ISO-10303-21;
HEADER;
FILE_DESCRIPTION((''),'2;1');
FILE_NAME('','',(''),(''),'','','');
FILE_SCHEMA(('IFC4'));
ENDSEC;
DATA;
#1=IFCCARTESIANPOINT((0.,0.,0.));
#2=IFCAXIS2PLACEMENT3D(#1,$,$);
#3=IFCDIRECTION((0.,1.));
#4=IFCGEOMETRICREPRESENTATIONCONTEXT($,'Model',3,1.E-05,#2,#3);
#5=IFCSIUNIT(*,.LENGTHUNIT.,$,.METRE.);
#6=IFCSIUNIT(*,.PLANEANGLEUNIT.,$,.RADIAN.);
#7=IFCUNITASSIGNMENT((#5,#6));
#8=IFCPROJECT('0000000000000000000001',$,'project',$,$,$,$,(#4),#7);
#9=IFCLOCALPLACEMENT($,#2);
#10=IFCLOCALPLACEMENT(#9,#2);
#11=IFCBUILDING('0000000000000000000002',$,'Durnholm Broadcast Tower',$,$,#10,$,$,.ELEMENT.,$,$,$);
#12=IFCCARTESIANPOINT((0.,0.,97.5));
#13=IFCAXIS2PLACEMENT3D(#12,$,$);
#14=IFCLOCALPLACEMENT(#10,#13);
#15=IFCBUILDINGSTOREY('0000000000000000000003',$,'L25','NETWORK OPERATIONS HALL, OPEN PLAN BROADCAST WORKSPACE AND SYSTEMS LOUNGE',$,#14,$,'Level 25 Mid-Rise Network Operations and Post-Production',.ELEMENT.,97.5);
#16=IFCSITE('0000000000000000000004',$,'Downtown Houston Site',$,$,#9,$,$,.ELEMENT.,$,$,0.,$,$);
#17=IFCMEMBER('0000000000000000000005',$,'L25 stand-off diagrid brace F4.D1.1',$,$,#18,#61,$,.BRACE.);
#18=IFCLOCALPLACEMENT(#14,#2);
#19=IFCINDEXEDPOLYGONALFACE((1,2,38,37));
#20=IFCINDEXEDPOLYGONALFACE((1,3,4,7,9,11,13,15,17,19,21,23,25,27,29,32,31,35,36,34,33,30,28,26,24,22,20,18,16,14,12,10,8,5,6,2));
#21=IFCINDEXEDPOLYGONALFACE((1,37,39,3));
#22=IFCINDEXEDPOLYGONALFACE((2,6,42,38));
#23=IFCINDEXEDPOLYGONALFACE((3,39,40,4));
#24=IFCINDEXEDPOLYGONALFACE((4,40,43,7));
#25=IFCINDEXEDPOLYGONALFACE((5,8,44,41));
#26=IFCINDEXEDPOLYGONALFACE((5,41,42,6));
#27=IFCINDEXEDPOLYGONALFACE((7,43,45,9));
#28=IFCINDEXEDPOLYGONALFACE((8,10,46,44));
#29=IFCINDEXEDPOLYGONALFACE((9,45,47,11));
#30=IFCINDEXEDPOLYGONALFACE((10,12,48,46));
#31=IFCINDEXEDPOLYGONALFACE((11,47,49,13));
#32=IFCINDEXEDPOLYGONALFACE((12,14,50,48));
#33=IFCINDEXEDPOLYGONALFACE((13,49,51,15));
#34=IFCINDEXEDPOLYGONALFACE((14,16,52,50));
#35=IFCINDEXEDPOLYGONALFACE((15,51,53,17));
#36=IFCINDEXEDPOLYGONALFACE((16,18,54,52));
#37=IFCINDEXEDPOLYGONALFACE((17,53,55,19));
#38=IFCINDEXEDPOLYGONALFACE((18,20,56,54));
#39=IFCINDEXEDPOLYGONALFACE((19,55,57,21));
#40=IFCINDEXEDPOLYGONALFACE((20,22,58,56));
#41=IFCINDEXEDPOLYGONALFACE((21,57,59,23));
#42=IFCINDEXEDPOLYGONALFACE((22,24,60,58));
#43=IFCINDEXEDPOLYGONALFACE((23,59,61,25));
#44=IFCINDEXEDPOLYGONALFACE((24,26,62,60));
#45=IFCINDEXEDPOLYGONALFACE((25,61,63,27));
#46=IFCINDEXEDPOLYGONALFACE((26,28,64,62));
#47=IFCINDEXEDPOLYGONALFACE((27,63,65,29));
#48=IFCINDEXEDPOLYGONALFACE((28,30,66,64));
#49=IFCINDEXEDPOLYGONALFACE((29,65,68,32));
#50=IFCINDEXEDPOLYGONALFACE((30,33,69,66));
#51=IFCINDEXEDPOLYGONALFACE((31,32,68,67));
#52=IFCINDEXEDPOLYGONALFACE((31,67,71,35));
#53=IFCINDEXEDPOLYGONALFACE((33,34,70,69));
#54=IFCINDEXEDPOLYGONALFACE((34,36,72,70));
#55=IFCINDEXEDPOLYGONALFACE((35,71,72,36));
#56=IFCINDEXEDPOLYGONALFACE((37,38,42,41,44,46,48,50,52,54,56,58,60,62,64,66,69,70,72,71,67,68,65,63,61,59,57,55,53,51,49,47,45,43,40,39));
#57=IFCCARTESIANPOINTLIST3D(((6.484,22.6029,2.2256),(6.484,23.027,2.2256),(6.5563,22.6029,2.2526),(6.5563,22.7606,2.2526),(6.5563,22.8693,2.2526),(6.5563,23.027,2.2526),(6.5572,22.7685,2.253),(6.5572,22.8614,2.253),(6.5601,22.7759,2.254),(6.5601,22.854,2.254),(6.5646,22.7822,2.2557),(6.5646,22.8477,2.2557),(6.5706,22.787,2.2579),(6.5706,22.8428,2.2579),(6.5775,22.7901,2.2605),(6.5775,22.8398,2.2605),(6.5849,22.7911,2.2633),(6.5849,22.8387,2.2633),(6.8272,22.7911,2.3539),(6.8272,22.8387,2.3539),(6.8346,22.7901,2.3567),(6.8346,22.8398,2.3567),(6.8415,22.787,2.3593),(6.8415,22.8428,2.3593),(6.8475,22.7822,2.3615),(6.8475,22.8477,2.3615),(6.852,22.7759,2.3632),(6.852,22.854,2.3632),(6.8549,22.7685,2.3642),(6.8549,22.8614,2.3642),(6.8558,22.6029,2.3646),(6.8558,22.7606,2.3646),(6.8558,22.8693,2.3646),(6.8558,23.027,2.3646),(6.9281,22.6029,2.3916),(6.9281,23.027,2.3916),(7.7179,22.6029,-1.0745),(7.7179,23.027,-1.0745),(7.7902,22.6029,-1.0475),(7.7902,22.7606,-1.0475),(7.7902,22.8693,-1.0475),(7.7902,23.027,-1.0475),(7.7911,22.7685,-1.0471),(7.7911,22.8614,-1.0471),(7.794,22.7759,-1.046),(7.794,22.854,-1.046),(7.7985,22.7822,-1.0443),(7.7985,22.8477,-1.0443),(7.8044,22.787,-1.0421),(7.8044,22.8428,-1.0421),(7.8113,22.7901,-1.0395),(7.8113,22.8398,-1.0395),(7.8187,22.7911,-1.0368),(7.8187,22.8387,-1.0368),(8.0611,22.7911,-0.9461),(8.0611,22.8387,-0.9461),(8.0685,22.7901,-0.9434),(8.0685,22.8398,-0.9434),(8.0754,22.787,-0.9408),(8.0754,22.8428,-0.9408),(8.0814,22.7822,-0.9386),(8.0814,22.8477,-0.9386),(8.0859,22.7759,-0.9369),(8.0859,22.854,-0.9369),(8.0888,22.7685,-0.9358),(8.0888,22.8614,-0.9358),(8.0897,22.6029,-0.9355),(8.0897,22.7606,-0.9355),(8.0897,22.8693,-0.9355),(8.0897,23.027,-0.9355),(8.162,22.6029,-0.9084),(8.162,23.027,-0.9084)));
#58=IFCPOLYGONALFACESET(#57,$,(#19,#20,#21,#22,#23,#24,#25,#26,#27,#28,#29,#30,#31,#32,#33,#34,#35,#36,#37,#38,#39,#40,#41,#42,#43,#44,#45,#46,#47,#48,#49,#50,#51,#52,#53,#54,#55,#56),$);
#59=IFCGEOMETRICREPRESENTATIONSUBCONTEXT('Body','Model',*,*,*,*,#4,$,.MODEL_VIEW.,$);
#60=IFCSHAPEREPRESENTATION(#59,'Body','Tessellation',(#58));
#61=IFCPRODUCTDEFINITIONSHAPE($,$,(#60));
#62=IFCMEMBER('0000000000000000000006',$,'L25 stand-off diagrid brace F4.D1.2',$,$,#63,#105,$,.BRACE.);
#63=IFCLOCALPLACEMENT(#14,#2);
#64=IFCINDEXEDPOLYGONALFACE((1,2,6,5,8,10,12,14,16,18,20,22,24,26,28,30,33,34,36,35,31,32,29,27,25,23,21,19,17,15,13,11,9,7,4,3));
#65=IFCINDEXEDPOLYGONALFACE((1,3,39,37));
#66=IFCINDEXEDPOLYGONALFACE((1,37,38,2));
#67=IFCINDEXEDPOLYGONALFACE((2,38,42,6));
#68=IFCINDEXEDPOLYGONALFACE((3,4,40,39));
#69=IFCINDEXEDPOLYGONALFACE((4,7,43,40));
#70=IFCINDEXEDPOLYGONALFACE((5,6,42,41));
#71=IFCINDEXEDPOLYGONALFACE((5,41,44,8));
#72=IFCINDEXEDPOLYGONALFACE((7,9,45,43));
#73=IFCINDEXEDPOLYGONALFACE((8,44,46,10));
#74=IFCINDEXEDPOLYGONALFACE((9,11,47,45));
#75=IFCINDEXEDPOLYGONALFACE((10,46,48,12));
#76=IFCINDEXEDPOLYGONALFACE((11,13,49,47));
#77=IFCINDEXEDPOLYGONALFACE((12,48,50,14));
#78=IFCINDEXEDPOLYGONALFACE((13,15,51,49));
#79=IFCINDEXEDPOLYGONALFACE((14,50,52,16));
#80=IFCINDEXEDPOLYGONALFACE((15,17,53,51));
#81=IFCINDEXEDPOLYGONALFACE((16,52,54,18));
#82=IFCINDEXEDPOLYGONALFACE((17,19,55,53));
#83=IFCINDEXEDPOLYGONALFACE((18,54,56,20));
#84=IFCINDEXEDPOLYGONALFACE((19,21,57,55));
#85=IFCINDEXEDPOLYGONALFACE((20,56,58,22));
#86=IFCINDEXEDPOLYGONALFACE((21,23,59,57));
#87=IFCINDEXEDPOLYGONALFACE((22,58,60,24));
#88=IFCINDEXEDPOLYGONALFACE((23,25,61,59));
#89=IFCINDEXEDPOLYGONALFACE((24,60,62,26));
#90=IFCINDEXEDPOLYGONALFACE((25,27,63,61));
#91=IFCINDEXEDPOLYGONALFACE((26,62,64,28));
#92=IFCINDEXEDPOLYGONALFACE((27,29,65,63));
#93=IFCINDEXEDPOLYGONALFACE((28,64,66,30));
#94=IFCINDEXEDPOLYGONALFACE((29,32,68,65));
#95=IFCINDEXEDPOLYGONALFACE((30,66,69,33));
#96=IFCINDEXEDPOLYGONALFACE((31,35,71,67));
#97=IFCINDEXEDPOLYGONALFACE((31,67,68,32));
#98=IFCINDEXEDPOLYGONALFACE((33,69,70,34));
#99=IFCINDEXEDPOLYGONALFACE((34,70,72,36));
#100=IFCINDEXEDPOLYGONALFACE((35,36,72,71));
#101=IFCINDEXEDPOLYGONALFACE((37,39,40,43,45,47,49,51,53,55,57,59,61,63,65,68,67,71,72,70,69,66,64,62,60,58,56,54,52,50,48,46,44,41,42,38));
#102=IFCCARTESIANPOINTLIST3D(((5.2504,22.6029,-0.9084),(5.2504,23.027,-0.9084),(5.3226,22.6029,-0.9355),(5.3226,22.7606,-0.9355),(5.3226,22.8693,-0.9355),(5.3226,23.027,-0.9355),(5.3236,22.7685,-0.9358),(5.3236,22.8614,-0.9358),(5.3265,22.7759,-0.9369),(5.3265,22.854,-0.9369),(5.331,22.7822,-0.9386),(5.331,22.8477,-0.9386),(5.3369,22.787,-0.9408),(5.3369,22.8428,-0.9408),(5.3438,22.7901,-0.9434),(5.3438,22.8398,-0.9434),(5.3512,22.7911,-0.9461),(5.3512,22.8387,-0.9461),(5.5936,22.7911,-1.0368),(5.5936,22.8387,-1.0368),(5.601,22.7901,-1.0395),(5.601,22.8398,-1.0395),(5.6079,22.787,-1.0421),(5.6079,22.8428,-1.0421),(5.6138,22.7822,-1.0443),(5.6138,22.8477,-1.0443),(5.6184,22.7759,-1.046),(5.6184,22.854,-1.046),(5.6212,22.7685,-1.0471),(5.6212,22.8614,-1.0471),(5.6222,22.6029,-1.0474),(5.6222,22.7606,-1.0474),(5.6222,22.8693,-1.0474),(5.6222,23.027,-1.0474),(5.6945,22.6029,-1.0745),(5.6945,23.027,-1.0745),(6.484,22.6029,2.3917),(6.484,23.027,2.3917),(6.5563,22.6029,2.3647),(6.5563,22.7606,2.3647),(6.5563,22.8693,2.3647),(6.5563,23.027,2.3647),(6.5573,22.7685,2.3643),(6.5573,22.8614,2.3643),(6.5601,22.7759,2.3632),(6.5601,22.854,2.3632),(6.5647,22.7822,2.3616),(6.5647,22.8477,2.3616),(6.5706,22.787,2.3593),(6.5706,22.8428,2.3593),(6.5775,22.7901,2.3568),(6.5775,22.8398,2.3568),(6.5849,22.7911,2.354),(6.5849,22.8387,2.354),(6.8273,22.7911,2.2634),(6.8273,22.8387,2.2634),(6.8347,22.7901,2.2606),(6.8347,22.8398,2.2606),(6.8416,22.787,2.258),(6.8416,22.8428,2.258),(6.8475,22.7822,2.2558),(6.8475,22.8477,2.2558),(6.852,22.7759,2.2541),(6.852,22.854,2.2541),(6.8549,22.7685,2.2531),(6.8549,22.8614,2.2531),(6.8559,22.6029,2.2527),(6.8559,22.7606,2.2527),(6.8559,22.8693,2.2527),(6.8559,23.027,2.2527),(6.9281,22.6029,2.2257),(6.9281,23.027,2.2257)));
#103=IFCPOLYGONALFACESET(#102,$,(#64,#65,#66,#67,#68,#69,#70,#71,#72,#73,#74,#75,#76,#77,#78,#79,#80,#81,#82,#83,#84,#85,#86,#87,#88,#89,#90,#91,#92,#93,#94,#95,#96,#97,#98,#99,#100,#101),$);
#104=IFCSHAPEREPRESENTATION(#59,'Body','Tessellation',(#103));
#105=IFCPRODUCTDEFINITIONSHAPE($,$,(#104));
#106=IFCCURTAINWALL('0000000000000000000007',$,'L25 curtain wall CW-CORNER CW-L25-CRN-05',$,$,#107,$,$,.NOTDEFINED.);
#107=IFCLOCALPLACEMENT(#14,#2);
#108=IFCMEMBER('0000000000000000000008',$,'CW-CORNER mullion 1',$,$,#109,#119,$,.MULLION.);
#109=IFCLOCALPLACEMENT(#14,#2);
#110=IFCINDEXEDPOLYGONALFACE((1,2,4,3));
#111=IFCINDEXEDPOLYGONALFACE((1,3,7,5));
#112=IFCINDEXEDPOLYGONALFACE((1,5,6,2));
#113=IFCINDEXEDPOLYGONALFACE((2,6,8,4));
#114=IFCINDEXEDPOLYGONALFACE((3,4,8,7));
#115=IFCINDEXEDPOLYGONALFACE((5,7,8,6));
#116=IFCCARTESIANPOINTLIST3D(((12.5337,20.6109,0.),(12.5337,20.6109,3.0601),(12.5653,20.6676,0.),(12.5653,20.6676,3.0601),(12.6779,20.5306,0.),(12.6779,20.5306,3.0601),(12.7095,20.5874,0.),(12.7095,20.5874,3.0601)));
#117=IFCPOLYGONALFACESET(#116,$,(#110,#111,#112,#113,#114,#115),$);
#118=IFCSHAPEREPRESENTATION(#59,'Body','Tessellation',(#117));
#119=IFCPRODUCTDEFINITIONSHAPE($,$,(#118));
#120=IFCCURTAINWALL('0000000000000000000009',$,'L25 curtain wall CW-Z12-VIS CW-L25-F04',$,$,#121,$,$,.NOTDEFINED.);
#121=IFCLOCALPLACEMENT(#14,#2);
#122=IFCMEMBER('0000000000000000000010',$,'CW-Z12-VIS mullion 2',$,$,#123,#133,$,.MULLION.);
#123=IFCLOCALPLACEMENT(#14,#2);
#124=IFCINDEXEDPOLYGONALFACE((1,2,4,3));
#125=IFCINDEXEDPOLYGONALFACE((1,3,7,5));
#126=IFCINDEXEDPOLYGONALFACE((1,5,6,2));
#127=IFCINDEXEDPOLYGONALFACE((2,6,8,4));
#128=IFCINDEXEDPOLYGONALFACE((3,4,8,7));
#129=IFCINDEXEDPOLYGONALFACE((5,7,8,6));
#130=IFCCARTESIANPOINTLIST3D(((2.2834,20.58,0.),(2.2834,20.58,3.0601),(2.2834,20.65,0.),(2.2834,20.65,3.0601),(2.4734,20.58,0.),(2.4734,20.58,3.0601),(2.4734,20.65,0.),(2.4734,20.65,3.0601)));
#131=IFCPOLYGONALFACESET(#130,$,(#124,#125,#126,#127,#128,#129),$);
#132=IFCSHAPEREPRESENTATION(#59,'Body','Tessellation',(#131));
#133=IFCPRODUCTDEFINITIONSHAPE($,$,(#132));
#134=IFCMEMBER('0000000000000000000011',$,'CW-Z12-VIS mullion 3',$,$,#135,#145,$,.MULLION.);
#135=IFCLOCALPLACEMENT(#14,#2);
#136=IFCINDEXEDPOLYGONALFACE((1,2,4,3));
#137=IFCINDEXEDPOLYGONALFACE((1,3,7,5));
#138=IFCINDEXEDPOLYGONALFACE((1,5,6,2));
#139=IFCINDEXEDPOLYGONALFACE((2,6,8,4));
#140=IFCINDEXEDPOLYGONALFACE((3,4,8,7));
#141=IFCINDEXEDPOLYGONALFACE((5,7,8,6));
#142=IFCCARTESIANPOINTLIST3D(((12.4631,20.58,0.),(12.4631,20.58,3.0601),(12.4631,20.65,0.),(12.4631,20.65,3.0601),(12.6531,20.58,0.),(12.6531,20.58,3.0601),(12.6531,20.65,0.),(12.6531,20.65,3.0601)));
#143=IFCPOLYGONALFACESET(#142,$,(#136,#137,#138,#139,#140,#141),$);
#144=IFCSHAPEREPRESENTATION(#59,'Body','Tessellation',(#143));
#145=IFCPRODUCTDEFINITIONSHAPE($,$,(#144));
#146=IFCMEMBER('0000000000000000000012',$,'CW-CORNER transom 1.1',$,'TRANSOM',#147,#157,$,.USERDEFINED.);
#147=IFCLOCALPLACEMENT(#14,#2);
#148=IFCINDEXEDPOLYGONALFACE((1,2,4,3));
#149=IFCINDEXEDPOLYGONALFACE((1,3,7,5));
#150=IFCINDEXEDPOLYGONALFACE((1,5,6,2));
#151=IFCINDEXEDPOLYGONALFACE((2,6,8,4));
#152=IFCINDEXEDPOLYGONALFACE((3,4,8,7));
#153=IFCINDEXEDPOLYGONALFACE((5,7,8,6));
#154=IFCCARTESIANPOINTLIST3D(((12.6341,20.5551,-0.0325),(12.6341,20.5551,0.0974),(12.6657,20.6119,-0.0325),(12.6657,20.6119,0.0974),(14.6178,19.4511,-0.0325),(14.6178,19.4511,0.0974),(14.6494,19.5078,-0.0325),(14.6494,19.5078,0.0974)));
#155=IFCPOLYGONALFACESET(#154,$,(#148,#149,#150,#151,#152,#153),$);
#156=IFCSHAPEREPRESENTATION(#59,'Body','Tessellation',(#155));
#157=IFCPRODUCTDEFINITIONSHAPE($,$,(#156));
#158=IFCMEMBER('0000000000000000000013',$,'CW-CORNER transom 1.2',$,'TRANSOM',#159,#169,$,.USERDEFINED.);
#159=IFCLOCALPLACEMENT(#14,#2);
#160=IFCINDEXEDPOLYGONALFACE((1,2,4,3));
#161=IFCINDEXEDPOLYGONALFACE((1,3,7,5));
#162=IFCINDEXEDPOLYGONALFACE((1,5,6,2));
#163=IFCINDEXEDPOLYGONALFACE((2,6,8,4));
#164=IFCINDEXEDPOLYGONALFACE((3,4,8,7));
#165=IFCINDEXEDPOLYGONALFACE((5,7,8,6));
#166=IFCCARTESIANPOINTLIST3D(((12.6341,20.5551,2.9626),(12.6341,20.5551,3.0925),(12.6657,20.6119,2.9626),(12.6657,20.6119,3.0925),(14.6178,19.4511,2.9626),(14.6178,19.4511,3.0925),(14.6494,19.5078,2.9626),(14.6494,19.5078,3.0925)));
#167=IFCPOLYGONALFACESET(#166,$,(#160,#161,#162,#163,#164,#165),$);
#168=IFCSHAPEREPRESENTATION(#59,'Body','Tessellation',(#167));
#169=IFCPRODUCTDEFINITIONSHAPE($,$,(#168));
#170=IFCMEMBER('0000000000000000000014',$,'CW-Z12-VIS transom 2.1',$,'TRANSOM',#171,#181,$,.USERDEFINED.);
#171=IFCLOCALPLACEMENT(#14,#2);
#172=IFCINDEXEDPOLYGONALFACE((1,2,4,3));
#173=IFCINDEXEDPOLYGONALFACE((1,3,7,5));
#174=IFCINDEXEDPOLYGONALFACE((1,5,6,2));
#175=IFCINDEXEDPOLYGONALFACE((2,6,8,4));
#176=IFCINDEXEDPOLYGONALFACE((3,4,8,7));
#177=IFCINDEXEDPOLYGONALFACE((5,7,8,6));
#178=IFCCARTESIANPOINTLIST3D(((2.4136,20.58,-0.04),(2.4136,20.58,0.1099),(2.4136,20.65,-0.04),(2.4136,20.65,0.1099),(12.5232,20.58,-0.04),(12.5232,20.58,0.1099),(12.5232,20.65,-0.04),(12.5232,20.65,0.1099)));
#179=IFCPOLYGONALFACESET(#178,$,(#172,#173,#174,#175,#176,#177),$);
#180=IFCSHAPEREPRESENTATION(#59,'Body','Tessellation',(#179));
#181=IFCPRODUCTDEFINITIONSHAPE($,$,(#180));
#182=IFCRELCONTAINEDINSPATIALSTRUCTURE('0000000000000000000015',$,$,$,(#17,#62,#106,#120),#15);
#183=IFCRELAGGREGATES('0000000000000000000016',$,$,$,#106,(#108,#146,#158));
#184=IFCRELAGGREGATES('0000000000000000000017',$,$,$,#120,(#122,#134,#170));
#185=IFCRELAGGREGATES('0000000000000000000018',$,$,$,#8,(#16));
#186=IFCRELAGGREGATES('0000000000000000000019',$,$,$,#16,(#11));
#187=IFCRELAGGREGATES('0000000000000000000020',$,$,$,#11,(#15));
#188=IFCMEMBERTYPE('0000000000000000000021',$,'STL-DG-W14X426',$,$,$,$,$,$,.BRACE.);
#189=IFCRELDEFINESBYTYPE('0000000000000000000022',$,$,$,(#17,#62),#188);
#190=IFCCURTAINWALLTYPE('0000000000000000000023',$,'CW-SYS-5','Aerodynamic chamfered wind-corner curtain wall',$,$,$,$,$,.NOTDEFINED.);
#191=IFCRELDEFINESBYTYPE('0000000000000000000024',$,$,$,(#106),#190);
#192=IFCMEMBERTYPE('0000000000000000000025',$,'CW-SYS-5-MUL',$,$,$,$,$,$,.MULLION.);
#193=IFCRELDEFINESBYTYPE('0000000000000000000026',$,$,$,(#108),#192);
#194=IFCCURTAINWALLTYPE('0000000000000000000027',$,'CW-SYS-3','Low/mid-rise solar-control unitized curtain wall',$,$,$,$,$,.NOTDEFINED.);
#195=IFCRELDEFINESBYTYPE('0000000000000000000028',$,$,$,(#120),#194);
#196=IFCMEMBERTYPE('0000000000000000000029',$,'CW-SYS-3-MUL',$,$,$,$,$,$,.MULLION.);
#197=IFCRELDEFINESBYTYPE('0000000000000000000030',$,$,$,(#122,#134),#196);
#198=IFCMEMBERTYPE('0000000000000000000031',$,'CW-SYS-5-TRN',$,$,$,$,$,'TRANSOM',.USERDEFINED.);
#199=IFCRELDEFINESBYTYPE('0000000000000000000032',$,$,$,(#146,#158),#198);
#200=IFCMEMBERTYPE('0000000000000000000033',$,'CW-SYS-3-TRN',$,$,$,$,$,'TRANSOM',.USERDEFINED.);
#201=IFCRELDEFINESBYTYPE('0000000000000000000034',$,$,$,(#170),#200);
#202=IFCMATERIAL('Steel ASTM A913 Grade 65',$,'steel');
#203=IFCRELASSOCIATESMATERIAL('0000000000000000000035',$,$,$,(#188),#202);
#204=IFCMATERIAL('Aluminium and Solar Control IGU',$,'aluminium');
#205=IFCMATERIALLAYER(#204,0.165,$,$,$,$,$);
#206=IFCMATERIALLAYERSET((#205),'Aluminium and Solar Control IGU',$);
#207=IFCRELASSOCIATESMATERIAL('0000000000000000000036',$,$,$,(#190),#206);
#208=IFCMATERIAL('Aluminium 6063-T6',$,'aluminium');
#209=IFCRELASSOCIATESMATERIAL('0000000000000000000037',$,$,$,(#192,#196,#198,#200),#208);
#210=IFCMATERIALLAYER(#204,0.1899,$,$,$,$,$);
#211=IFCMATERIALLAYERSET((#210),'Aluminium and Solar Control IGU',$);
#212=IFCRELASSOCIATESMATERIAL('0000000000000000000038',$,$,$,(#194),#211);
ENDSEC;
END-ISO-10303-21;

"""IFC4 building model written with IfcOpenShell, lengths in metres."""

from ifc_helpers import new_model, si_unit, direction, frame, origin, origin_2d, place, context, subcontext, project, spatial, rectangle, i_section, extrude, source, transform, mapped, material, layer, layer_set, material_profile, profile_set, type_object, type_shapes, element, aggregate, save


model = new_model("IFC4")

# Units and contexts
model_context = context("Model", 3, precision=1e-05, world=origin(), true_north=direction((0.0, 1.0)))
body_context = subcontext(model_context, "Body", "Model", "MODEL_VIEW")
ifc_project = project(units=[si_unit("LENGTHUNIT", "METRE"), si_unit("PLANEANGLEUNIT", "RADIAN")], contexts=[model_context])

# Site, building, storey
site_placement = place(None, origin())
site = spatial("IfcSite", under=ifc_project, at=site_placement, Name="Downtown Houston Site", CompositionType="ELEMENT", RefElevation=0.0)
building_placement = place(site_placement, origin())
building = spatial("IfcBuilding", under=site, at=building_placement, Name="Durnholm Broadcast Tower", CompositionType="ELEMENT")
storey_placement = place(building_placement, frame((0.0, 0.0, 97.5)))
storey = spatial("IfcBuildingStorey", under=building, at=storey_placement, Name="L25", Description="NETWORK OPERATIONS HALL, OPEN PLAN BROADCAST WORKSPACE AND SYSTEMS LOUNGE", LongName="Level 25 Mid-Rise Network Operations and Post-Production", CompositionType="ELEMENT", Elevation=97.5)

# Members
ifc_material_1 = material(Name="Steel ASTM A913 Grade 65", Category="steel")
ifc_material_profile_1 = material_profile(ifc_material_1, i_section(OverallWidth=0.4241, OverallDepth=0.4741, WebThickness=0.0476, FlangeThickness=0.0771, FilletRadius=0.0305, at=origin_2d()), Name="W14X426")
ifc_profile_set_1 = profile_set([ifc_material_profile_1], Name="Steel ASTM A913 Grade 65")
member_type_1 = type_object("IfcMemberType", Name="STL-DG-W14X426", PredefinedType="BRACE", material=ifc_profile_set_1)
shared_shape_1 = source(origin(), body_context, "Body", "SweptSolid", [
    extrude(i_section(OverallWidth=0.4241, OverallDepth=0.4741, WebThickness=0.0476, FlangeThickness=0.0771, FilletRadius=0.0305, at=origin_2d()), origin(), (0.0, 0.0, 1.0), 3.5232),
])
type_shapes(member_type_1, [shared_shape_1])
for number, where, z_axis, x_axis, name in (
    (1, (7.9399, 22.8149, -0.9915), (-0.35022, 0.0, 0.936668), (0.0, -1.0, 0.0), "L25 stand-off diagrid brace F4.D1.1"),
    (2, (5.4724, 22.8149, -0.9915), (0.350159, 0.0, 0.93669), (0.0, 1.0, 0.0), "L25 stand-off diagrid brace F4.D1.2"),
):
    element("IfcMember", number, at=place(storey_placement, frame(where, z_axis=z_axis, x_axis=x_axis)), inside=storey, type_object=member_type_1, Name=name, PredefinedType="BRACE", context=body_context, shape_type="MappedRepresentation", body=[
        mapped(shared_shape_1, transform((0.0, 0.0, 0.0), x_axis=(1.0, 0.0, 0.0), y_axis=(0.0, 1.0, 0.0), z_axis=(0.0, 0.0, 1.0), scale=1.0)),
    ])

# Curtain wall, member
ifc_material_2 = material(Name="Aluminium and Solar Control IGU", Category="aluminium")
ifc_layer_1 = layer(ifc_material_2, 0.165)
ifc_layer_set_1 = layer_set([ifc_layer_1], Name="Aluminium and Solar Control IGU")
curtain_wall_type_1 = type_object("IfcCurtainWallType", Name="CW-SYS-5", Description="Aerodynamic chamfered wind-corner curtain wall", PredefinedType="NOTDEFINED", material=ifc_layer_set_1)
curtain_wall_1_placement = place(storey_placement, origin())
curtain_wall_1 = element("IfcCurtainWall", 3, at=curtain_wall_1_placement, inside=storey, type_object=curtain_wall_type_1, Name="L25 curtain wall CW-CORNER CW-L25-CRN-05", PredefinedType="NOTDEFINED")
ifc_material_3 = material(Name="Aluminium 6063-T6", Category="aluminium")
ifc_material_profile_2 = material_profile(ifc_material_3, rectangle(XDim=0.0649, YDim=0.165, at=origin_2d()), Name="CWM65X165")
ifc_profile_set_2 = profile_set([ifc_material_profile_2], Name="Aluminium 6063-T6")
member_type_2 = type_object("IfcMemberType", Name="CW-SYS-5-MUL", PredefinedType="MULLION", material=ifc_profile_set_2)
shared_shape_2 = source(origin(), body_context, "Body", "SweptSolid", [
    extrude(rectangle(XDim=0.0649, YDim=0.165, at=origin_2d()), origin(), (0.0, 0.0, 1.0), 3.0601),
])
type_shapes(member_type_2, [shared_shape_2])
member_1_placement = place(storey_placement, frame((12.6216, 20.5991, 0.0), z_axis=(0.0, 0.0, 1.0), x_axis=(0.486244, 0.873823, 0.0)))
member_1 = element("IfcMember", 4, at=member_1_placement, type_object=member_type_2, Name="CW-CORNER mullion 1", PredefinedType="MULLION", context=body_context, shape_type="MappedRepresentation", body=[
    mapped(shared_shape_2, transform((0.0, 0.0, 0.0), x_axis=(1.0, 0.0, 0.0), y_axis=(0.0, 1.0, 0.0), z_axis=(0.0, 0.0, 1.0), scale=1.0)),
])

# Curtain wall, members
ifc_layer_2 = layer(ifc_material_2, 0.1899)
ifc_layer_set_2 = layer_set([ifc_layer_2], Name="Aluminium and Solar Control IGU")
curtain_wall_type_2 = type_object("IfcCurtainWallType", Name="CW-SYS-3", Description="Low/mid-rise solar-control unitized curtain wall", PredefinedType="NOTDEFINED", material=ifc_layer_set_2)
curtain_wall_2_placement = place(storey_placement, origin())
curtain_wall_2 = element("IfcCurtainWall", 5, at=curtain_wall_2_placement, inside=storey, type_object=curtain_wall_type_2, Name="L25 curtain wall CW-Z12-VIS CW-L25-F04", PredefinedType="NOTDEFINED")
ifc_material_profile_3 = material_profile(ifc_material_3, rectangle(XDim=0.0701, YDim=0.1899, at=origin_2d()), Name="CWM70X190")
ifc_profile_set_3 = profile_set([ifc_material_profile_3], Name="Aluminium 6063-T6")
member_type_3 = type_object("IfcMemberType", Name="CW-SYS-3-MUL", PredefinedType="MULLION", material=ifc_profile_set_3)
shared_shape_3 = source(origin(), body_context, "Body", "SweptSolid", [
    extrude(rectangle(XDim=0.0701, YDim=0.1899, at=origin_2d()), origin(), (0.0, 0.0, 1.0), 3.0601),
])
type_shapes(member_type_3, [shared_shape_3])
member_2_placement = place(storey_placement, frame((2.3784, 20.615, 0.0), z_axis=(0.0, 0.0, 1.0), x_axis=(0.0, 1.0, 0.0)))
member_2 = element("IfcMember", 6, at=member_2_placement, type_object=member_type_3, Name="CW-Z12-VIS mullion 2", PredefinedType="MULLION", context=body_context, shape_type="MappedRepresentation", body=[
    mapped(shared_shape_3, transform((0.0, 0.0, 0.0), x_axis=(1.0, 0.0, 0.0), y_axis=(0.0, 1.0, 0.0), z_axis=(0.0, 0.0, 1.0), scale=1.0)),
])
member_3_placement = place(storey_placement, frame((12.5581, 20.615, 0.0), z_axis=(0.0, 0.0, 1.0), x_axis=(0.0, 1.0, 0.0)))
member_3 = element("IfcMember", 7, at=member_3_placement, type_object=member_type_3, Name="CW-Z12-VIS mullion 3", PredefinedType="MULLION", context=body_context, shape_type="MappedRepresentation", body=[
    mapped(shared_shape_3, transform((0.0, 0.0, 0.0), x_axis=(1.0, 0.0, 0.0), y_axis=(0.0, 1.0, 0.0), z_axis=(0.0, 0.0, 1.0), scale=1.0)),
])

# Members
ifc_material_profile_4 = material_profile(ifc_material_3, rectangle(XDim=0.0649, YDim=0.1299, at=origin_2d()), Name="CWT65X130")
ifc_profile_set_4 = profile_set([ifc_material_profile_4], Name="Aluminium 6063-T6")
member_type_4 = type_object("IfcMemberType", Name="CW-SYS-5-TRN", ElementType="TRANSOM", PredefinedType="USERDEFINED", material=ifc_profile_set_4)
shared_shape_4 = source(origin(), body_context, "Body", "SweptSolid", [
    extrude(rectangle(XDim=0.0649, YDim=0.1299, at=origin_2d()), origin(), (0.0, 0.0, 1.0), 2.2703),
])
type_shapes(member_type_4, [shared_shape_4])
member_4_placement = place(storey_placement, frame((12.6499, 20.5835, 0.0325), z_axis=(0.873787, -0.486309, 0.0), x_axis=(0.486309, 0.873787, 0.0)))
member_4 = element("IfcMember", 8, at=member_4_placement, type_object=member_type_4, Name="CW-CORNER transom 1.1", ObjectType="TRANSOM", PredefinedType="USERDEFINED", context=body_context, shape_type="MappedRepresentation", body=[
    mapped(shared_shape_4, transform((0.0, 0.0, 0.0), x_axis=(1.0, 0.0, 0.0), y_axis=(0.0, 1.0, 0.0), z_axis=(0.0, 0.0, 1.0), scale=1.0)),
])
member_5_placement = place(storey_placement, frame((12.6499, 20.5835, 3.0276), z_axis=(0.873787, -0.486309, 0.0), x_axis=(0.486309, 0.873787, 0.0)))
member_5 = element("IfcMember", 9, at=member_5_placement, type_object=member_type_4, Name="CW-CORNER transom 1.2", ObjectType="TRANSOM", PredefinedType="USERDEFINED", context=body_context, shape_type="MappedRepresentation", body=[
    mapped(shared_shape_4, transform((0.0, 0.0, 0.0), x_axis=(1.0, 0.0, 0.0), y_axis=(0.0, 1.0, 0.0), z_axis=(0.0, 0.0, 1.0), scale=1.0)),
])
aggregate(curtain_wall_1, [member_1, member_4, member_5])
ifc_material_profile_5 = material_profile(ifc_material_3, rectangle(XDim=0.0701, YDim=0.1499, at=origin_2d()), Name="CWT70X150")
ifc_profile_set_5 = profile_set([ifc_material_profile_5], Name="Aluminium 6063-T6")
member_type_5 = type_object("IfcMemberType", Name="CW-SYS-3-TRN", ElementType="TRANSOM", PredefinedType="USERDEFINED", material=ifc_profile_set_5)
shared_shape_5 = source(origin(), body_context, "Body", "SweptSolid", [
    extrude(rectangle(XDim=0.0701, YDim=0.1499, at=origin_2d()), origin(), (0.0, 0.0, 1.0), 10.1096),
])
type_shapes(member_type_5, [shared_shape_5])
member_6_placement = place(storey_placement, frame((2.4136, 20.615, 0.0349), z_axis=(1.0, 0.0, 0.0), x_axis=(0.0, 1.0, 0.0)))
member_6 = element("IfcMember", 10, at=member_6_placement, type_object=member_type_5, Name="CW-Z12-VIS transom 2.1", ObjectType="TRANSOM", PredefinedType="USERDEFINED", context=body_context, shape_type="MappedRepresentation", body=[
    mapped(shared_shape_5, transform((0.0, 0.0, 0.0), x_axis=(1.0, 0.0, 0.0), y_axis=(0.0, 1.0, 0.0), z_axis=(0.0, 0.0, 1.0), scale=1.0)),
])

aggregate(curtain_wall_2, [member_2, member_3, member_6])

save(model, "model.ifc")
